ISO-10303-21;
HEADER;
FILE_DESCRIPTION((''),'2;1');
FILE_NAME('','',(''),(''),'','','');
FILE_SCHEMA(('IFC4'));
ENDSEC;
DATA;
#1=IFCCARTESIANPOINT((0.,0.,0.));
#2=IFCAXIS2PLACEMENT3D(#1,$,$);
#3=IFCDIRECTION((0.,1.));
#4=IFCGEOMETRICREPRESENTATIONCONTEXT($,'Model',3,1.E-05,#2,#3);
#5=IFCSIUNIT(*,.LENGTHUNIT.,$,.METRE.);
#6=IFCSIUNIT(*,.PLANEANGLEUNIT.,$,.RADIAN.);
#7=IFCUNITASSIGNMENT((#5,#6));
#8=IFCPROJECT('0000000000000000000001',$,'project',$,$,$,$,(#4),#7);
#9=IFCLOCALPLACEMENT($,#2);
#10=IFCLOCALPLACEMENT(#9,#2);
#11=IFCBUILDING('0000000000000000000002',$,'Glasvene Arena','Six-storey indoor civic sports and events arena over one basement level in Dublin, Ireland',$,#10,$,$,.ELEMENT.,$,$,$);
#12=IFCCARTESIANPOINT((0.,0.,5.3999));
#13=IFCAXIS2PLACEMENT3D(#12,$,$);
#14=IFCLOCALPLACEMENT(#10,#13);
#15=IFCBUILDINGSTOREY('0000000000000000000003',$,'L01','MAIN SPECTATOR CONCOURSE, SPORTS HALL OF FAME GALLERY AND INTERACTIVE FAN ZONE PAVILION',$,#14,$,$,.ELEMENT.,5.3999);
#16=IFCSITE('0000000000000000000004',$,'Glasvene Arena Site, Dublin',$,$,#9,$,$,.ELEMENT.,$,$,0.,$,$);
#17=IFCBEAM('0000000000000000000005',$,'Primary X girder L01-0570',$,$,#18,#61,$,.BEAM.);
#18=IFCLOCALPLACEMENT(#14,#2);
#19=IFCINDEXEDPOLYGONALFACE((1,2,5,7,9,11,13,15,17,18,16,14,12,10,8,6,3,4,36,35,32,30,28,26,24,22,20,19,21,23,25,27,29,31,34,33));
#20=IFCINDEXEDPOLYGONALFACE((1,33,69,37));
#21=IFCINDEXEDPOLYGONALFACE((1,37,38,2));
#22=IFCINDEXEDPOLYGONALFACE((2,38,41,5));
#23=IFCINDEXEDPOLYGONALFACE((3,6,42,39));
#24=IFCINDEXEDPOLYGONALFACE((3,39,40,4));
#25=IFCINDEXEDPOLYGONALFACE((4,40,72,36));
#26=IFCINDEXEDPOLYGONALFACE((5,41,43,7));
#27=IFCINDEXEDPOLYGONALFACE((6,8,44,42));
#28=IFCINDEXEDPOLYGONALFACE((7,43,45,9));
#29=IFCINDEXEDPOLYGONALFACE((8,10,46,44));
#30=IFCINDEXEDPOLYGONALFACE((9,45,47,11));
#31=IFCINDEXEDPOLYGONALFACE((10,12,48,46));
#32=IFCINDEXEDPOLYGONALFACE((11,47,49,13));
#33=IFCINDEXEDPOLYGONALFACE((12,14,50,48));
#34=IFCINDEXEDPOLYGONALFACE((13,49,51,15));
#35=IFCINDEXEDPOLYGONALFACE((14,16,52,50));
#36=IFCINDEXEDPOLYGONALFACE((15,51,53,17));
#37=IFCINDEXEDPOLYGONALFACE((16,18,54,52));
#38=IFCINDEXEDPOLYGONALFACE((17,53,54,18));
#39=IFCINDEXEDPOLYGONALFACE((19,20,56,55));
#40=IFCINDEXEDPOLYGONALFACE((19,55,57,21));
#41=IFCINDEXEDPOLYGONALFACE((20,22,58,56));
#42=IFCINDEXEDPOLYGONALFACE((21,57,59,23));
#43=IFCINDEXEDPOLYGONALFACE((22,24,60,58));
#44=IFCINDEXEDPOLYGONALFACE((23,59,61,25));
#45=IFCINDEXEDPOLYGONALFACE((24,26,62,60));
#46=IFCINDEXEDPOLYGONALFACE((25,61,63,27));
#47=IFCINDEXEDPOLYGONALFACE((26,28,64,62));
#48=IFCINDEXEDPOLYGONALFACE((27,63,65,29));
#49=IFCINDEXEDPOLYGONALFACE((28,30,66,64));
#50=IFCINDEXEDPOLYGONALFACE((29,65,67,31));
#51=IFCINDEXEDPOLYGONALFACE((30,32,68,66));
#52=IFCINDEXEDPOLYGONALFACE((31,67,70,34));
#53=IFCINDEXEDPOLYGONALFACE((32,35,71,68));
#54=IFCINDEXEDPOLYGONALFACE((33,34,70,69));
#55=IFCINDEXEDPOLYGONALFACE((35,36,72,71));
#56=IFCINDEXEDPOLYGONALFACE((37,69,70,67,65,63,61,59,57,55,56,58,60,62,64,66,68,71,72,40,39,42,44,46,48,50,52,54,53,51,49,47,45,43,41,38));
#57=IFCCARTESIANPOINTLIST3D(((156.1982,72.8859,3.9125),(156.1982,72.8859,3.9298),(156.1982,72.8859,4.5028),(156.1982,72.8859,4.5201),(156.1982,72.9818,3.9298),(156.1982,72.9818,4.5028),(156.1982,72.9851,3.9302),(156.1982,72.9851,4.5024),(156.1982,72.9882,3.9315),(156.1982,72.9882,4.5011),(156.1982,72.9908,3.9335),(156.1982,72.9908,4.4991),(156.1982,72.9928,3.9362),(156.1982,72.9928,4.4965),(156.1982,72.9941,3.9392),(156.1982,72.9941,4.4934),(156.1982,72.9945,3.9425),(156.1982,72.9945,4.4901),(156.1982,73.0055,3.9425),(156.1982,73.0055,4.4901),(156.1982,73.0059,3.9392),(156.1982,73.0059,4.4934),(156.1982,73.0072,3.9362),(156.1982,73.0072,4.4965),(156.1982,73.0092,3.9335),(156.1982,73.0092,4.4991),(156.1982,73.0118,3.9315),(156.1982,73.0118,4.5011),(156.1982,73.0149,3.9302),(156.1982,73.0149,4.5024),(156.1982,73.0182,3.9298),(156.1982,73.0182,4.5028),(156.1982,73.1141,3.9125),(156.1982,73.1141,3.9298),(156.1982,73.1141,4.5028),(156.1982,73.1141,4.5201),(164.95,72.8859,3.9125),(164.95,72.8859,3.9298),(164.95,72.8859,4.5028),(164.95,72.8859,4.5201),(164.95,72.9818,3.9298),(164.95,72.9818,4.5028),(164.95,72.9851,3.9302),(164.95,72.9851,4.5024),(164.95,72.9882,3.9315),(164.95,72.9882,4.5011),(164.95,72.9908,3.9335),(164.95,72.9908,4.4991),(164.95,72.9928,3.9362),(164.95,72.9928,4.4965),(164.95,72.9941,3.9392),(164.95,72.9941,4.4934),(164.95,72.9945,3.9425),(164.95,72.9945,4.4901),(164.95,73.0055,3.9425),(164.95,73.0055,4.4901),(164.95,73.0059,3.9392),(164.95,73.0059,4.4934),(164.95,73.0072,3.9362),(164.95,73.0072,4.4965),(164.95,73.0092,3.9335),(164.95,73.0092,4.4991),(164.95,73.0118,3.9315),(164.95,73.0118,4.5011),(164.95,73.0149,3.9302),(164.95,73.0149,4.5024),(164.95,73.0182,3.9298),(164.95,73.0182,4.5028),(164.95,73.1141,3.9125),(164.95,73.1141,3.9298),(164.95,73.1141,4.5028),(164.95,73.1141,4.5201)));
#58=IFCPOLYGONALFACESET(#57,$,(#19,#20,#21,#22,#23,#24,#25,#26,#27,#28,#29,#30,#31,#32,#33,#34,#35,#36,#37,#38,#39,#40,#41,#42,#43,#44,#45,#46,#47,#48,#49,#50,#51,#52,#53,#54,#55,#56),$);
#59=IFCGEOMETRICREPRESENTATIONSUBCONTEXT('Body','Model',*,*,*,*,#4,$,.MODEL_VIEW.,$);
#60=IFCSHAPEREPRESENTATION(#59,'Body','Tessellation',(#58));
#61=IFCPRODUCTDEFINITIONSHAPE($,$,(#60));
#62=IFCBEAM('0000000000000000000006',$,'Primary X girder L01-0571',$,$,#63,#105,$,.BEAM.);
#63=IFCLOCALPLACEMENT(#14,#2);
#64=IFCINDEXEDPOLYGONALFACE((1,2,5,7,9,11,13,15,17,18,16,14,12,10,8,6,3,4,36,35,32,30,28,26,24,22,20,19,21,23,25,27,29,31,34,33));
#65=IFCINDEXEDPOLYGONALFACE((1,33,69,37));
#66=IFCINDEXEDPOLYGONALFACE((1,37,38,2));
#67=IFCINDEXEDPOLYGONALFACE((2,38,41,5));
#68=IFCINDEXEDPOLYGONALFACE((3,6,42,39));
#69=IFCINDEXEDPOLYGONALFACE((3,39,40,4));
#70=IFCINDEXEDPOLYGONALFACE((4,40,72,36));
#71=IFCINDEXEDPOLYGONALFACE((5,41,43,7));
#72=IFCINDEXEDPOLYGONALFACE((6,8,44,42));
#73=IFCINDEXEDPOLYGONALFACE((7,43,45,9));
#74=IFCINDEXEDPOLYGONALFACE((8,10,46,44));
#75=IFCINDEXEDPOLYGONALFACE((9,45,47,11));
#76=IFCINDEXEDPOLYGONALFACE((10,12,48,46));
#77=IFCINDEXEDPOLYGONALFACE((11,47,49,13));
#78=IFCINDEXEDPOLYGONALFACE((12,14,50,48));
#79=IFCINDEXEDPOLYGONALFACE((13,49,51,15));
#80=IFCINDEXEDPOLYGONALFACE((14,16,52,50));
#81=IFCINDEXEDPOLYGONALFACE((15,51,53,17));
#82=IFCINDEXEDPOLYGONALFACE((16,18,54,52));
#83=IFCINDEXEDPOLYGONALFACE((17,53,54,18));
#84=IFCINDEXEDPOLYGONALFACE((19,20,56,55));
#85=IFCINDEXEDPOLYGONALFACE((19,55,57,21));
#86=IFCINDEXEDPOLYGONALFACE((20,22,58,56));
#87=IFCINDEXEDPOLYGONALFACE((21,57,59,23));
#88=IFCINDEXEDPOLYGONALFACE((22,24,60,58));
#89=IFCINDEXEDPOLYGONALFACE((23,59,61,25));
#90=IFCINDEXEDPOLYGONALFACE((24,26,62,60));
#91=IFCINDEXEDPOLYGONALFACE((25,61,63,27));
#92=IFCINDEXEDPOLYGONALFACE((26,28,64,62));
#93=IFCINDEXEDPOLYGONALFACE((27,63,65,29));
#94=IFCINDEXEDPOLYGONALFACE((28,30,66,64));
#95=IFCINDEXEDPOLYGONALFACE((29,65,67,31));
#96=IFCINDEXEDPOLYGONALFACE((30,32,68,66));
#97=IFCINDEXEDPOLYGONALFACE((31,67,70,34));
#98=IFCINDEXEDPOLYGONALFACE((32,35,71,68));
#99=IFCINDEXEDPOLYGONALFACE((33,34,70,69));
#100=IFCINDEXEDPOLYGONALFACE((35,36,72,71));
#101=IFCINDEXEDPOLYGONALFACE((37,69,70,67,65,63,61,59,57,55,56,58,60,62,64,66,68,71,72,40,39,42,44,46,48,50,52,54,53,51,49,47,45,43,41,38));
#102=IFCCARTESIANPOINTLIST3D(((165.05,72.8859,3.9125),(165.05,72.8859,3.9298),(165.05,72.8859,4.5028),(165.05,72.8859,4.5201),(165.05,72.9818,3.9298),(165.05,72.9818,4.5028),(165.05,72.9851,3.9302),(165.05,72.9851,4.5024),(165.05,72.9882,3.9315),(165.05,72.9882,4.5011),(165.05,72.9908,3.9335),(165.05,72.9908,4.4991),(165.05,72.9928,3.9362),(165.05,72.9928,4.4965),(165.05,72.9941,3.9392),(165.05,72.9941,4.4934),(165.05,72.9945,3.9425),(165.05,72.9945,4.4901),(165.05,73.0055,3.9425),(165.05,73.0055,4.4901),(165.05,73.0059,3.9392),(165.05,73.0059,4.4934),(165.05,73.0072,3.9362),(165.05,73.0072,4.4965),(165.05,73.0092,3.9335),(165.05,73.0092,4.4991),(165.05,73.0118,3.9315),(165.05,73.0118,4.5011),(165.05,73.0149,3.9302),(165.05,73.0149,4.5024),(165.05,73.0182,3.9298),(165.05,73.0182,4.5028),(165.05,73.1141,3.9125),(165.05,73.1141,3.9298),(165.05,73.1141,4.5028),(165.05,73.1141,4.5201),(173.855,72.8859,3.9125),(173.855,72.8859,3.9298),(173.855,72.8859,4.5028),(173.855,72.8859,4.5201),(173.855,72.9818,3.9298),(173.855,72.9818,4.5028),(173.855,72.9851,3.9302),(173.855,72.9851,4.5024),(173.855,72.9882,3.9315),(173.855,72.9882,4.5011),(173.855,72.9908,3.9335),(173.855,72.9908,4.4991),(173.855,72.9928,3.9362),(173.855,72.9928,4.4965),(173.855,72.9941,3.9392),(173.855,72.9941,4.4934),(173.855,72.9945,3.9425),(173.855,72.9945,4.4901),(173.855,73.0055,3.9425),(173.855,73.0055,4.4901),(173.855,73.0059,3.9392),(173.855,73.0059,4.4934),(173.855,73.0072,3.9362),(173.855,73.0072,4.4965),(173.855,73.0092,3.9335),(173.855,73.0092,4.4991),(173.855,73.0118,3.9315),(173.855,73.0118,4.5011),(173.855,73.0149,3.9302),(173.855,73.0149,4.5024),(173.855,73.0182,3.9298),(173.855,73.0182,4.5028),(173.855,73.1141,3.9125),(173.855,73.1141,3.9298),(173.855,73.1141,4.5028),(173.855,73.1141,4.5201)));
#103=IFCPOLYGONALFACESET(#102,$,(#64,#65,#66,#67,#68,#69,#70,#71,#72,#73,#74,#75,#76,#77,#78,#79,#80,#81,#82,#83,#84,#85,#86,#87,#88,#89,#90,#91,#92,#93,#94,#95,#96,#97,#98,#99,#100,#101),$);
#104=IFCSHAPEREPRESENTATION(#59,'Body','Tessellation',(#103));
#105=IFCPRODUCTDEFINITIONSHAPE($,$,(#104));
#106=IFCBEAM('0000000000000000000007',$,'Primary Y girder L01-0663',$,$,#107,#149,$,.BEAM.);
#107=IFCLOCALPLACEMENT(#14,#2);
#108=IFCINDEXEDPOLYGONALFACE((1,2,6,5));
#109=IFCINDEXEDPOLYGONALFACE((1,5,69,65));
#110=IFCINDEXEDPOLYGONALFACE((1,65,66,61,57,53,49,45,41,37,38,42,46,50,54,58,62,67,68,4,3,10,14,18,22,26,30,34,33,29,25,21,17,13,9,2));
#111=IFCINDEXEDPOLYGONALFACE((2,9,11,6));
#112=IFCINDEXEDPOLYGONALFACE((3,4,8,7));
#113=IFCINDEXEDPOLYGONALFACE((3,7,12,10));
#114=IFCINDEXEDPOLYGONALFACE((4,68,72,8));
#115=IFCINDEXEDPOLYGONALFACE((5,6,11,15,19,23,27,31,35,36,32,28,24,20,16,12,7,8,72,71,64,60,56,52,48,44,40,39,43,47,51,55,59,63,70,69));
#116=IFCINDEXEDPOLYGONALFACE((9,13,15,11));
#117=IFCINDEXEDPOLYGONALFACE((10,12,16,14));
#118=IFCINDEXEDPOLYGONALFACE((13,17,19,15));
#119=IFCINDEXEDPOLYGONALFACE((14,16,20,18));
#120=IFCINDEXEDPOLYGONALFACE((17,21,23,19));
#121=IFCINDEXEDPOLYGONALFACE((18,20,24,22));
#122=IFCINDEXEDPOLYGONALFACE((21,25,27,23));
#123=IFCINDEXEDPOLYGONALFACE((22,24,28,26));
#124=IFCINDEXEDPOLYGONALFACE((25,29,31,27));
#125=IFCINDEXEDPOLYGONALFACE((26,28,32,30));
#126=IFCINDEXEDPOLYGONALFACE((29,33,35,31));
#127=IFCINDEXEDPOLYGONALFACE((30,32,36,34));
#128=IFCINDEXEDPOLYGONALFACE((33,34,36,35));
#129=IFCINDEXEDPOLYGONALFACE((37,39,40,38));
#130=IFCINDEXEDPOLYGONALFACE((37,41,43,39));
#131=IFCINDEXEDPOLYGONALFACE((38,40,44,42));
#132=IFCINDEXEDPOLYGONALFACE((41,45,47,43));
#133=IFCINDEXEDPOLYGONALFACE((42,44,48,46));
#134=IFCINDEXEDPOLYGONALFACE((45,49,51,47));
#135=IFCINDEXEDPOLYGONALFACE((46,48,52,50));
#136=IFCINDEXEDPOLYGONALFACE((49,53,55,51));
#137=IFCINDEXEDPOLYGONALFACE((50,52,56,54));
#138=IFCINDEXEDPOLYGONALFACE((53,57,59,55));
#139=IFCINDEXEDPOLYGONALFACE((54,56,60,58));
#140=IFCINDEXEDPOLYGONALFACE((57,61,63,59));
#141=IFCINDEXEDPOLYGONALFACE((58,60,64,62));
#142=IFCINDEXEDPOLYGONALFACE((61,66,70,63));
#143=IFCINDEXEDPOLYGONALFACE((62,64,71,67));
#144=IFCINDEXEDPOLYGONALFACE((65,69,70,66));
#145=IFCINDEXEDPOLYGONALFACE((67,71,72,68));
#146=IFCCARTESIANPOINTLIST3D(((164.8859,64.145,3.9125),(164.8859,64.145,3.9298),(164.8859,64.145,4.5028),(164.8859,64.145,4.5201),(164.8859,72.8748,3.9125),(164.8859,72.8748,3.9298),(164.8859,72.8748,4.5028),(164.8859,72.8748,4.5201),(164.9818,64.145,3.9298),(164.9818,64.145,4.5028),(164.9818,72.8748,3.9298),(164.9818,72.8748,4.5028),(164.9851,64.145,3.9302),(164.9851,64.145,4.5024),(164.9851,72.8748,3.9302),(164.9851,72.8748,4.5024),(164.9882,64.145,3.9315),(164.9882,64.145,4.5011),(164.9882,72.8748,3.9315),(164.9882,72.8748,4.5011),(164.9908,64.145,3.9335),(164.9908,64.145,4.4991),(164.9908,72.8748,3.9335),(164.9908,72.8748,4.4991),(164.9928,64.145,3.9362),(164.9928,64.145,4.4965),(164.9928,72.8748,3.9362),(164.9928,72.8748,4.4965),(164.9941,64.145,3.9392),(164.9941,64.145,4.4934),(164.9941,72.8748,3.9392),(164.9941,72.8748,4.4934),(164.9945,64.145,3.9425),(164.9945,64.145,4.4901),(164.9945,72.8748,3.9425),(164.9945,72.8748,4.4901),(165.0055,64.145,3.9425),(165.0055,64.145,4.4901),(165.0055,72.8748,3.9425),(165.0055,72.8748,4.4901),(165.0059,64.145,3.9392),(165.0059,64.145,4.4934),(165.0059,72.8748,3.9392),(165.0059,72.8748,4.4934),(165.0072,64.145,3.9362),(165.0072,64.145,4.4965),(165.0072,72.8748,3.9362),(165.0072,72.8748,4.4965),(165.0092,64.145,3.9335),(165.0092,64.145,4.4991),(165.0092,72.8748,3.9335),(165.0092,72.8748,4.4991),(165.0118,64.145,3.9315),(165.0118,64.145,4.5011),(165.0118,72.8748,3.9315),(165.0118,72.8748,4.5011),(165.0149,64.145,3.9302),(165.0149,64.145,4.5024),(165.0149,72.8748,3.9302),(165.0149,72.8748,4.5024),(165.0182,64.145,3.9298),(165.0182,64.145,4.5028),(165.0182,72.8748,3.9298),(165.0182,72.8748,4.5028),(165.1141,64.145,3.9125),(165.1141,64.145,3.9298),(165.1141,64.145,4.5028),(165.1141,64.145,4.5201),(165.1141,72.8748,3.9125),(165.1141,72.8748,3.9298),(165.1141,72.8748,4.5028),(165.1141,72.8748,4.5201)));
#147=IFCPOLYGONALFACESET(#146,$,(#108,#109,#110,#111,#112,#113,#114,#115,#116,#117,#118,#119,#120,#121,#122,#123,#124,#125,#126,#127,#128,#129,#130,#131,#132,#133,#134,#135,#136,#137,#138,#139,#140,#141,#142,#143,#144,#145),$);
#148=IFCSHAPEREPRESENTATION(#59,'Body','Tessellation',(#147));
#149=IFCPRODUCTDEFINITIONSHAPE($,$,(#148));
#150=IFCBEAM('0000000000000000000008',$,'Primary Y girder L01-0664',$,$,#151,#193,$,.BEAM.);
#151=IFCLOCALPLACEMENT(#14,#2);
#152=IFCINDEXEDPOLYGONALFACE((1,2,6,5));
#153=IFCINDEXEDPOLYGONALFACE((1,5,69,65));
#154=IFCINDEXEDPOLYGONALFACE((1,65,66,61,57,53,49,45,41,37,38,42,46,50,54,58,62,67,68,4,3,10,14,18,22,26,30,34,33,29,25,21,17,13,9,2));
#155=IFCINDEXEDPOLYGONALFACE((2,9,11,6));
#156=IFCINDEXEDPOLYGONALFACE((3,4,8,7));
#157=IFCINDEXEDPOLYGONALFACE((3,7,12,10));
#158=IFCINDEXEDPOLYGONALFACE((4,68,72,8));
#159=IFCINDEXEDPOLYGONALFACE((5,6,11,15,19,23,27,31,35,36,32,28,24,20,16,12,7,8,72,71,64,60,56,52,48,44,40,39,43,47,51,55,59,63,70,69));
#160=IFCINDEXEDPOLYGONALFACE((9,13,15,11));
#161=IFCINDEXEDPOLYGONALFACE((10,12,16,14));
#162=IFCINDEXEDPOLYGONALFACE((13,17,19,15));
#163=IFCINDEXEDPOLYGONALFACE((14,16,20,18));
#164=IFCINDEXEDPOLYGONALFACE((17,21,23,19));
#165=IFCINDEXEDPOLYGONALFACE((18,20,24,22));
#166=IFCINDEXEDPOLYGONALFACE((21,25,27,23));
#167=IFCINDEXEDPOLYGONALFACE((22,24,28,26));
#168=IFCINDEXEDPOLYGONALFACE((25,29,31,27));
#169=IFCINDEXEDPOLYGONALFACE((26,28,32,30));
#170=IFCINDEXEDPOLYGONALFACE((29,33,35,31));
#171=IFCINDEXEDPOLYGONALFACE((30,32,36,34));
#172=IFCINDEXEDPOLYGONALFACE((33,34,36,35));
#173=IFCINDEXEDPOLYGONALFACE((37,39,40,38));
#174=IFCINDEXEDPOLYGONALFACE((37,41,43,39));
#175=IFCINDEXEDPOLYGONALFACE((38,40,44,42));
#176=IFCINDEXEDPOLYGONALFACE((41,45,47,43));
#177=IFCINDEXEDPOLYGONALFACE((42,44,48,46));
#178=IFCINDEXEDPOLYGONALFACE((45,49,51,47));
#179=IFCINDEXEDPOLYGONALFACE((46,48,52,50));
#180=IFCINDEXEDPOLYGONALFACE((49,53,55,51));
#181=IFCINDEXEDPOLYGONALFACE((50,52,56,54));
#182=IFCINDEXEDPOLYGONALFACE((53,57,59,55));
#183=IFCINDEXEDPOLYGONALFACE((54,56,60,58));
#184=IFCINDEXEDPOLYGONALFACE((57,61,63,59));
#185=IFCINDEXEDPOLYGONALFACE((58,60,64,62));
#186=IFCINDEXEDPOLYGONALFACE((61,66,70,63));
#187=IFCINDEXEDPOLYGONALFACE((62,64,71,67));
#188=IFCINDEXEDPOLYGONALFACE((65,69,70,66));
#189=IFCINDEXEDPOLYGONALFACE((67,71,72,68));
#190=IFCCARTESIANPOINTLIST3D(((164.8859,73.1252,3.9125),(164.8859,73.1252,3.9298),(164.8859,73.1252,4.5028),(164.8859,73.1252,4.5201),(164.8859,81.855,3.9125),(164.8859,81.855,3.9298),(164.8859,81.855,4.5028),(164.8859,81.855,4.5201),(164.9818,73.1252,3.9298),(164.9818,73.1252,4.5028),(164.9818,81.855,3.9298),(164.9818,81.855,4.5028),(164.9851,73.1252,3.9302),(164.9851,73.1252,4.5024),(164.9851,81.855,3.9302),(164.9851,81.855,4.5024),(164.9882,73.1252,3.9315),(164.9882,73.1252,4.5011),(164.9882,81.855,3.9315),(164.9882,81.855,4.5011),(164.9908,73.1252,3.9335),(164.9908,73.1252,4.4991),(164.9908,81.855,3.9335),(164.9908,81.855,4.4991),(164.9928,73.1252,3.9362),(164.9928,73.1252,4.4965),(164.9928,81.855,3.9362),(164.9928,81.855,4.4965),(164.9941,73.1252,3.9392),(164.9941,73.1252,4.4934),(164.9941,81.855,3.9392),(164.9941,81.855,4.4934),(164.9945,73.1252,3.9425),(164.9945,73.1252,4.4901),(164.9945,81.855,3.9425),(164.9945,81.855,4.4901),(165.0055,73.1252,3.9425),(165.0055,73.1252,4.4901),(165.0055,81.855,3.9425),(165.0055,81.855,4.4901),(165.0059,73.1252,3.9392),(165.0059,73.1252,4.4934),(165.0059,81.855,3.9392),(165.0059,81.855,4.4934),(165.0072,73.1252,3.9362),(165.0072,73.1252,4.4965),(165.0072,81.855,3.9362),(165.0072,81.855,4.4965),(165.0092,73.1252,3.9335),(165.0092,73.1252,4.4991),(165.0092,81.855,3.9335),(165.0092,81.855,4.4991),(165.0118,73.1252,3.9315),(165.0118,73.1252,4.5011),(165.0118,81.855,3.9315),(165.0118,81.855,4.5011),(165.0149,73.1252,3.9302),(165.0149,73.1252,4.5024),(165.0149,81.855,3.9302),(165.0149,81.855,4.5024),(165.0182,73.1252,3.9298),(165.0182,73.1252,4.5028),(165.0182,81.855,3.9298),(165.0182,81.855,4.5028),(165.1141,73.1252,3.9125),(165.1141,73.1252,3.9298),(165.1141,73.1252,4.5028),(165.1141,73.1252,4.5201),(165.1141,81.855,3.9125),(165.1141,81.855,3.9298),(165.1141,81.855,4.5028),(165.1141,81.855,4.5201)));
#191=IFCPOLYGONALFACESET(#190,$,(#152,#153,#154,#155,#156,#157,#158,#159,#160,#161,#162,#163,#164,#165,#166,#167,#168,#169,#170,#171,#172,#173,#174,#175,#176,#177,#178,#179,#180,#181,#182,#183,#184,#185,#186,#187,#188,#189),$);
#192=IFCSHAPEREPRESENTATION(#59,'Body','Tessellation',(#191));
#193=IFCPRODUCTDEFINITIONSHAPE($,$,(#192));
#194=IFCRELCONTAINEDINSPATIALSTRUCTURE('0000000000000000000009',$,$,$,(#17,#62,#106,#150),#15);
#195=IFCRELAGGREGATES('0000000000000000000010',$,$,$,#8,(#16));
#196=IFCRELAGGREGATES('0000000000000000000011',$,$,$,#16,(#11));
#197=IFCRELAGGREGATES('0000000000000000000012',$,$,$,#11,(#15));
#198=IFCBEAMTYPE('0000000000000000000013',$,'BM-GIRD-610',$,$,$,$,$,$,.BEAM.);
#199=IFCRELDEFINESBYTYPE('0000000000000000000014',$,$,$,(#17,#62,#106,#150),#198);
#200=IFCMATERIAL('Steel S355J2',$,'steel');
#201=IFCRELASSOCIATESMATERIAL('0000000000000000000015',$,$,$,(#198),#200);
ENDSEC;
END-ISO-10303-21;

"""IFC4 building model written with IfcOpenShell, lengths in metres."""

from ifc_helpers import new_model, si_unit, direction, frame, origin, origin_2d, place, context, subcontext, project, spatial, i_section, extrude, material, material_profile, profile_set, type_object, element, save


model = new_model("IFC4")

# Units and contexts
model_context = context("Model", 3, precision=1e-05, world=origin(), true_north=direction((0.0, 1.0)))
body_context = subcontext(model_context, "Body", "Model", "MODEL_VIEW")
ifc_project = project(units=[si_unit("LENGTHUNIT", "METRE"), si_unit("PLANEANGLEUNIT", "RADIAN")], contexts=[model_context])

# Site, building, storey
site_placement = place(None, origin())
site = spatial("IfcSite", under=ifc_project, at=site_placement, Name="Glasvene Arena Site, Dublin", CompositionType="ELEMENT", RefElevation=0.0)
building_placement = place(site_placement, origin())
building = spatial("IfcBuilding", under=site, at=building_placement, Name="Glasvene Arena", Description="Six-storey indoor civic sports and events arena over one basement level in Dublin, Ireland", CompositionType="ELEMENT")
storey_placement = place(building_placement, frame((0.0, 0.0, 5.3999)))
storey = spatial("IfcBuildingStorey", under=building, at=storey_placement, Name="L01", Description="MAIN SPECTATOR CONCOURSE, SPORTS HALL OF FAME GALLERY AND INTERACTIVE FAN ZONE PAVILION", CompositionType="ELEMENT", Elevation=5.3999)

# Shared definitions
ifc_material_1 = material(Name="Steel S355J2", Category="steel")

# Beams
ifc_material_profile_1 = material_profile(ifc_material_1, i_section(OverallWidth=0.2283, OverallDepth=0.6077, WebThickness=0.011, FlangeThickness=0.0173, FilletRadius=0.0127, at=origin_2d()), Name="UKB 610x229x113")
ifc_profile_set_1 = profile_set([ifc_material_profile_1], Name="Steel S355J2")
beam_type_1 = type_object("IfcBeamType", Name="BM-GIRD-610", PredefinedType="BEAM", material=ifc_profile_set_1)
beam_1_placement = place(storey_placement, frame((156.1982, 73.0, 4.2163), z_axis=(1.0, 0.0, 0.0), x_axis=(0.0, 1.0, 0.0)))
element("IfcBeam", 1, at=beam_1_placement, inside=storey, type_object=beam_type_1, Name="Primary X girder L01-0570", PredefinedType="BEAM", context=body_context, shape_type="SweptSolid", body=[
    extrude(i_section(OverallWidth=0.2283, OverallDepth=0.6077, WebThickness=0.011, FlangeThickness=0.0173, FilletRadius=0.0127, at=origin_2d()), origin(), (0.0, 0.0, 1.0), 8.7517),
])
beam_2_placement = place(storey_placement, frame((165.05, 73.0, 4.2163), z_axis=(1.0, 0.0, 0.0), x_axis=(0.0, 1.0, 0.0)))
element("IfcBeam", 2, at=beam_2_placement, inside=storey, type_object=beam_type_1, Name="Primary X girder L01-0571", PredefinedType="BEAM", context=body_context, shape_type="SweptSolid", body=[
    extrude(i_section(OverallWidth=0.2283, OverallDepth=0.6077, WebThickness=0.011, FlangeThickness=0.0173, FilletRadius=0.0127, at=origin_2d()), origin(), (0.0, 0.0, 1.0), 8.8049),
])
for number, where, z_axis, x_axis, name in (
    (3, (165.0, 64.145, 4.2163), (0.0, 1.0, 0.0), (-1.0, 0.0, 0.0), "Primary Y girder L01-0663"),
    (4, (165.0, 73.1252, 4.2163), (0.0, 1.0, 0.0), (-1.0, 0.0, 0.0), "Primary Y girder L01-0664"),
):
    element("IfcBeam", number, at=place(storey_placement, frame(where, z_axis=z_axis, x_axis=x_axis)), inside=storey, type_object=beam_type_1, Name=name, PredefinedType="BEAM", context=body_context, shape_type="SweptSolid", body=[
        extrude(i_section(OverallWidth=0.2283, OverallDepth=0.6077, WebThickness=0.011, FlangeThickness=0.0173, FilletRadius=0.0127, at=origin_2d()), origin(), (0.0, 0.0, 1.0), 8.7297),
    ])

save(model, "model.ifc")
